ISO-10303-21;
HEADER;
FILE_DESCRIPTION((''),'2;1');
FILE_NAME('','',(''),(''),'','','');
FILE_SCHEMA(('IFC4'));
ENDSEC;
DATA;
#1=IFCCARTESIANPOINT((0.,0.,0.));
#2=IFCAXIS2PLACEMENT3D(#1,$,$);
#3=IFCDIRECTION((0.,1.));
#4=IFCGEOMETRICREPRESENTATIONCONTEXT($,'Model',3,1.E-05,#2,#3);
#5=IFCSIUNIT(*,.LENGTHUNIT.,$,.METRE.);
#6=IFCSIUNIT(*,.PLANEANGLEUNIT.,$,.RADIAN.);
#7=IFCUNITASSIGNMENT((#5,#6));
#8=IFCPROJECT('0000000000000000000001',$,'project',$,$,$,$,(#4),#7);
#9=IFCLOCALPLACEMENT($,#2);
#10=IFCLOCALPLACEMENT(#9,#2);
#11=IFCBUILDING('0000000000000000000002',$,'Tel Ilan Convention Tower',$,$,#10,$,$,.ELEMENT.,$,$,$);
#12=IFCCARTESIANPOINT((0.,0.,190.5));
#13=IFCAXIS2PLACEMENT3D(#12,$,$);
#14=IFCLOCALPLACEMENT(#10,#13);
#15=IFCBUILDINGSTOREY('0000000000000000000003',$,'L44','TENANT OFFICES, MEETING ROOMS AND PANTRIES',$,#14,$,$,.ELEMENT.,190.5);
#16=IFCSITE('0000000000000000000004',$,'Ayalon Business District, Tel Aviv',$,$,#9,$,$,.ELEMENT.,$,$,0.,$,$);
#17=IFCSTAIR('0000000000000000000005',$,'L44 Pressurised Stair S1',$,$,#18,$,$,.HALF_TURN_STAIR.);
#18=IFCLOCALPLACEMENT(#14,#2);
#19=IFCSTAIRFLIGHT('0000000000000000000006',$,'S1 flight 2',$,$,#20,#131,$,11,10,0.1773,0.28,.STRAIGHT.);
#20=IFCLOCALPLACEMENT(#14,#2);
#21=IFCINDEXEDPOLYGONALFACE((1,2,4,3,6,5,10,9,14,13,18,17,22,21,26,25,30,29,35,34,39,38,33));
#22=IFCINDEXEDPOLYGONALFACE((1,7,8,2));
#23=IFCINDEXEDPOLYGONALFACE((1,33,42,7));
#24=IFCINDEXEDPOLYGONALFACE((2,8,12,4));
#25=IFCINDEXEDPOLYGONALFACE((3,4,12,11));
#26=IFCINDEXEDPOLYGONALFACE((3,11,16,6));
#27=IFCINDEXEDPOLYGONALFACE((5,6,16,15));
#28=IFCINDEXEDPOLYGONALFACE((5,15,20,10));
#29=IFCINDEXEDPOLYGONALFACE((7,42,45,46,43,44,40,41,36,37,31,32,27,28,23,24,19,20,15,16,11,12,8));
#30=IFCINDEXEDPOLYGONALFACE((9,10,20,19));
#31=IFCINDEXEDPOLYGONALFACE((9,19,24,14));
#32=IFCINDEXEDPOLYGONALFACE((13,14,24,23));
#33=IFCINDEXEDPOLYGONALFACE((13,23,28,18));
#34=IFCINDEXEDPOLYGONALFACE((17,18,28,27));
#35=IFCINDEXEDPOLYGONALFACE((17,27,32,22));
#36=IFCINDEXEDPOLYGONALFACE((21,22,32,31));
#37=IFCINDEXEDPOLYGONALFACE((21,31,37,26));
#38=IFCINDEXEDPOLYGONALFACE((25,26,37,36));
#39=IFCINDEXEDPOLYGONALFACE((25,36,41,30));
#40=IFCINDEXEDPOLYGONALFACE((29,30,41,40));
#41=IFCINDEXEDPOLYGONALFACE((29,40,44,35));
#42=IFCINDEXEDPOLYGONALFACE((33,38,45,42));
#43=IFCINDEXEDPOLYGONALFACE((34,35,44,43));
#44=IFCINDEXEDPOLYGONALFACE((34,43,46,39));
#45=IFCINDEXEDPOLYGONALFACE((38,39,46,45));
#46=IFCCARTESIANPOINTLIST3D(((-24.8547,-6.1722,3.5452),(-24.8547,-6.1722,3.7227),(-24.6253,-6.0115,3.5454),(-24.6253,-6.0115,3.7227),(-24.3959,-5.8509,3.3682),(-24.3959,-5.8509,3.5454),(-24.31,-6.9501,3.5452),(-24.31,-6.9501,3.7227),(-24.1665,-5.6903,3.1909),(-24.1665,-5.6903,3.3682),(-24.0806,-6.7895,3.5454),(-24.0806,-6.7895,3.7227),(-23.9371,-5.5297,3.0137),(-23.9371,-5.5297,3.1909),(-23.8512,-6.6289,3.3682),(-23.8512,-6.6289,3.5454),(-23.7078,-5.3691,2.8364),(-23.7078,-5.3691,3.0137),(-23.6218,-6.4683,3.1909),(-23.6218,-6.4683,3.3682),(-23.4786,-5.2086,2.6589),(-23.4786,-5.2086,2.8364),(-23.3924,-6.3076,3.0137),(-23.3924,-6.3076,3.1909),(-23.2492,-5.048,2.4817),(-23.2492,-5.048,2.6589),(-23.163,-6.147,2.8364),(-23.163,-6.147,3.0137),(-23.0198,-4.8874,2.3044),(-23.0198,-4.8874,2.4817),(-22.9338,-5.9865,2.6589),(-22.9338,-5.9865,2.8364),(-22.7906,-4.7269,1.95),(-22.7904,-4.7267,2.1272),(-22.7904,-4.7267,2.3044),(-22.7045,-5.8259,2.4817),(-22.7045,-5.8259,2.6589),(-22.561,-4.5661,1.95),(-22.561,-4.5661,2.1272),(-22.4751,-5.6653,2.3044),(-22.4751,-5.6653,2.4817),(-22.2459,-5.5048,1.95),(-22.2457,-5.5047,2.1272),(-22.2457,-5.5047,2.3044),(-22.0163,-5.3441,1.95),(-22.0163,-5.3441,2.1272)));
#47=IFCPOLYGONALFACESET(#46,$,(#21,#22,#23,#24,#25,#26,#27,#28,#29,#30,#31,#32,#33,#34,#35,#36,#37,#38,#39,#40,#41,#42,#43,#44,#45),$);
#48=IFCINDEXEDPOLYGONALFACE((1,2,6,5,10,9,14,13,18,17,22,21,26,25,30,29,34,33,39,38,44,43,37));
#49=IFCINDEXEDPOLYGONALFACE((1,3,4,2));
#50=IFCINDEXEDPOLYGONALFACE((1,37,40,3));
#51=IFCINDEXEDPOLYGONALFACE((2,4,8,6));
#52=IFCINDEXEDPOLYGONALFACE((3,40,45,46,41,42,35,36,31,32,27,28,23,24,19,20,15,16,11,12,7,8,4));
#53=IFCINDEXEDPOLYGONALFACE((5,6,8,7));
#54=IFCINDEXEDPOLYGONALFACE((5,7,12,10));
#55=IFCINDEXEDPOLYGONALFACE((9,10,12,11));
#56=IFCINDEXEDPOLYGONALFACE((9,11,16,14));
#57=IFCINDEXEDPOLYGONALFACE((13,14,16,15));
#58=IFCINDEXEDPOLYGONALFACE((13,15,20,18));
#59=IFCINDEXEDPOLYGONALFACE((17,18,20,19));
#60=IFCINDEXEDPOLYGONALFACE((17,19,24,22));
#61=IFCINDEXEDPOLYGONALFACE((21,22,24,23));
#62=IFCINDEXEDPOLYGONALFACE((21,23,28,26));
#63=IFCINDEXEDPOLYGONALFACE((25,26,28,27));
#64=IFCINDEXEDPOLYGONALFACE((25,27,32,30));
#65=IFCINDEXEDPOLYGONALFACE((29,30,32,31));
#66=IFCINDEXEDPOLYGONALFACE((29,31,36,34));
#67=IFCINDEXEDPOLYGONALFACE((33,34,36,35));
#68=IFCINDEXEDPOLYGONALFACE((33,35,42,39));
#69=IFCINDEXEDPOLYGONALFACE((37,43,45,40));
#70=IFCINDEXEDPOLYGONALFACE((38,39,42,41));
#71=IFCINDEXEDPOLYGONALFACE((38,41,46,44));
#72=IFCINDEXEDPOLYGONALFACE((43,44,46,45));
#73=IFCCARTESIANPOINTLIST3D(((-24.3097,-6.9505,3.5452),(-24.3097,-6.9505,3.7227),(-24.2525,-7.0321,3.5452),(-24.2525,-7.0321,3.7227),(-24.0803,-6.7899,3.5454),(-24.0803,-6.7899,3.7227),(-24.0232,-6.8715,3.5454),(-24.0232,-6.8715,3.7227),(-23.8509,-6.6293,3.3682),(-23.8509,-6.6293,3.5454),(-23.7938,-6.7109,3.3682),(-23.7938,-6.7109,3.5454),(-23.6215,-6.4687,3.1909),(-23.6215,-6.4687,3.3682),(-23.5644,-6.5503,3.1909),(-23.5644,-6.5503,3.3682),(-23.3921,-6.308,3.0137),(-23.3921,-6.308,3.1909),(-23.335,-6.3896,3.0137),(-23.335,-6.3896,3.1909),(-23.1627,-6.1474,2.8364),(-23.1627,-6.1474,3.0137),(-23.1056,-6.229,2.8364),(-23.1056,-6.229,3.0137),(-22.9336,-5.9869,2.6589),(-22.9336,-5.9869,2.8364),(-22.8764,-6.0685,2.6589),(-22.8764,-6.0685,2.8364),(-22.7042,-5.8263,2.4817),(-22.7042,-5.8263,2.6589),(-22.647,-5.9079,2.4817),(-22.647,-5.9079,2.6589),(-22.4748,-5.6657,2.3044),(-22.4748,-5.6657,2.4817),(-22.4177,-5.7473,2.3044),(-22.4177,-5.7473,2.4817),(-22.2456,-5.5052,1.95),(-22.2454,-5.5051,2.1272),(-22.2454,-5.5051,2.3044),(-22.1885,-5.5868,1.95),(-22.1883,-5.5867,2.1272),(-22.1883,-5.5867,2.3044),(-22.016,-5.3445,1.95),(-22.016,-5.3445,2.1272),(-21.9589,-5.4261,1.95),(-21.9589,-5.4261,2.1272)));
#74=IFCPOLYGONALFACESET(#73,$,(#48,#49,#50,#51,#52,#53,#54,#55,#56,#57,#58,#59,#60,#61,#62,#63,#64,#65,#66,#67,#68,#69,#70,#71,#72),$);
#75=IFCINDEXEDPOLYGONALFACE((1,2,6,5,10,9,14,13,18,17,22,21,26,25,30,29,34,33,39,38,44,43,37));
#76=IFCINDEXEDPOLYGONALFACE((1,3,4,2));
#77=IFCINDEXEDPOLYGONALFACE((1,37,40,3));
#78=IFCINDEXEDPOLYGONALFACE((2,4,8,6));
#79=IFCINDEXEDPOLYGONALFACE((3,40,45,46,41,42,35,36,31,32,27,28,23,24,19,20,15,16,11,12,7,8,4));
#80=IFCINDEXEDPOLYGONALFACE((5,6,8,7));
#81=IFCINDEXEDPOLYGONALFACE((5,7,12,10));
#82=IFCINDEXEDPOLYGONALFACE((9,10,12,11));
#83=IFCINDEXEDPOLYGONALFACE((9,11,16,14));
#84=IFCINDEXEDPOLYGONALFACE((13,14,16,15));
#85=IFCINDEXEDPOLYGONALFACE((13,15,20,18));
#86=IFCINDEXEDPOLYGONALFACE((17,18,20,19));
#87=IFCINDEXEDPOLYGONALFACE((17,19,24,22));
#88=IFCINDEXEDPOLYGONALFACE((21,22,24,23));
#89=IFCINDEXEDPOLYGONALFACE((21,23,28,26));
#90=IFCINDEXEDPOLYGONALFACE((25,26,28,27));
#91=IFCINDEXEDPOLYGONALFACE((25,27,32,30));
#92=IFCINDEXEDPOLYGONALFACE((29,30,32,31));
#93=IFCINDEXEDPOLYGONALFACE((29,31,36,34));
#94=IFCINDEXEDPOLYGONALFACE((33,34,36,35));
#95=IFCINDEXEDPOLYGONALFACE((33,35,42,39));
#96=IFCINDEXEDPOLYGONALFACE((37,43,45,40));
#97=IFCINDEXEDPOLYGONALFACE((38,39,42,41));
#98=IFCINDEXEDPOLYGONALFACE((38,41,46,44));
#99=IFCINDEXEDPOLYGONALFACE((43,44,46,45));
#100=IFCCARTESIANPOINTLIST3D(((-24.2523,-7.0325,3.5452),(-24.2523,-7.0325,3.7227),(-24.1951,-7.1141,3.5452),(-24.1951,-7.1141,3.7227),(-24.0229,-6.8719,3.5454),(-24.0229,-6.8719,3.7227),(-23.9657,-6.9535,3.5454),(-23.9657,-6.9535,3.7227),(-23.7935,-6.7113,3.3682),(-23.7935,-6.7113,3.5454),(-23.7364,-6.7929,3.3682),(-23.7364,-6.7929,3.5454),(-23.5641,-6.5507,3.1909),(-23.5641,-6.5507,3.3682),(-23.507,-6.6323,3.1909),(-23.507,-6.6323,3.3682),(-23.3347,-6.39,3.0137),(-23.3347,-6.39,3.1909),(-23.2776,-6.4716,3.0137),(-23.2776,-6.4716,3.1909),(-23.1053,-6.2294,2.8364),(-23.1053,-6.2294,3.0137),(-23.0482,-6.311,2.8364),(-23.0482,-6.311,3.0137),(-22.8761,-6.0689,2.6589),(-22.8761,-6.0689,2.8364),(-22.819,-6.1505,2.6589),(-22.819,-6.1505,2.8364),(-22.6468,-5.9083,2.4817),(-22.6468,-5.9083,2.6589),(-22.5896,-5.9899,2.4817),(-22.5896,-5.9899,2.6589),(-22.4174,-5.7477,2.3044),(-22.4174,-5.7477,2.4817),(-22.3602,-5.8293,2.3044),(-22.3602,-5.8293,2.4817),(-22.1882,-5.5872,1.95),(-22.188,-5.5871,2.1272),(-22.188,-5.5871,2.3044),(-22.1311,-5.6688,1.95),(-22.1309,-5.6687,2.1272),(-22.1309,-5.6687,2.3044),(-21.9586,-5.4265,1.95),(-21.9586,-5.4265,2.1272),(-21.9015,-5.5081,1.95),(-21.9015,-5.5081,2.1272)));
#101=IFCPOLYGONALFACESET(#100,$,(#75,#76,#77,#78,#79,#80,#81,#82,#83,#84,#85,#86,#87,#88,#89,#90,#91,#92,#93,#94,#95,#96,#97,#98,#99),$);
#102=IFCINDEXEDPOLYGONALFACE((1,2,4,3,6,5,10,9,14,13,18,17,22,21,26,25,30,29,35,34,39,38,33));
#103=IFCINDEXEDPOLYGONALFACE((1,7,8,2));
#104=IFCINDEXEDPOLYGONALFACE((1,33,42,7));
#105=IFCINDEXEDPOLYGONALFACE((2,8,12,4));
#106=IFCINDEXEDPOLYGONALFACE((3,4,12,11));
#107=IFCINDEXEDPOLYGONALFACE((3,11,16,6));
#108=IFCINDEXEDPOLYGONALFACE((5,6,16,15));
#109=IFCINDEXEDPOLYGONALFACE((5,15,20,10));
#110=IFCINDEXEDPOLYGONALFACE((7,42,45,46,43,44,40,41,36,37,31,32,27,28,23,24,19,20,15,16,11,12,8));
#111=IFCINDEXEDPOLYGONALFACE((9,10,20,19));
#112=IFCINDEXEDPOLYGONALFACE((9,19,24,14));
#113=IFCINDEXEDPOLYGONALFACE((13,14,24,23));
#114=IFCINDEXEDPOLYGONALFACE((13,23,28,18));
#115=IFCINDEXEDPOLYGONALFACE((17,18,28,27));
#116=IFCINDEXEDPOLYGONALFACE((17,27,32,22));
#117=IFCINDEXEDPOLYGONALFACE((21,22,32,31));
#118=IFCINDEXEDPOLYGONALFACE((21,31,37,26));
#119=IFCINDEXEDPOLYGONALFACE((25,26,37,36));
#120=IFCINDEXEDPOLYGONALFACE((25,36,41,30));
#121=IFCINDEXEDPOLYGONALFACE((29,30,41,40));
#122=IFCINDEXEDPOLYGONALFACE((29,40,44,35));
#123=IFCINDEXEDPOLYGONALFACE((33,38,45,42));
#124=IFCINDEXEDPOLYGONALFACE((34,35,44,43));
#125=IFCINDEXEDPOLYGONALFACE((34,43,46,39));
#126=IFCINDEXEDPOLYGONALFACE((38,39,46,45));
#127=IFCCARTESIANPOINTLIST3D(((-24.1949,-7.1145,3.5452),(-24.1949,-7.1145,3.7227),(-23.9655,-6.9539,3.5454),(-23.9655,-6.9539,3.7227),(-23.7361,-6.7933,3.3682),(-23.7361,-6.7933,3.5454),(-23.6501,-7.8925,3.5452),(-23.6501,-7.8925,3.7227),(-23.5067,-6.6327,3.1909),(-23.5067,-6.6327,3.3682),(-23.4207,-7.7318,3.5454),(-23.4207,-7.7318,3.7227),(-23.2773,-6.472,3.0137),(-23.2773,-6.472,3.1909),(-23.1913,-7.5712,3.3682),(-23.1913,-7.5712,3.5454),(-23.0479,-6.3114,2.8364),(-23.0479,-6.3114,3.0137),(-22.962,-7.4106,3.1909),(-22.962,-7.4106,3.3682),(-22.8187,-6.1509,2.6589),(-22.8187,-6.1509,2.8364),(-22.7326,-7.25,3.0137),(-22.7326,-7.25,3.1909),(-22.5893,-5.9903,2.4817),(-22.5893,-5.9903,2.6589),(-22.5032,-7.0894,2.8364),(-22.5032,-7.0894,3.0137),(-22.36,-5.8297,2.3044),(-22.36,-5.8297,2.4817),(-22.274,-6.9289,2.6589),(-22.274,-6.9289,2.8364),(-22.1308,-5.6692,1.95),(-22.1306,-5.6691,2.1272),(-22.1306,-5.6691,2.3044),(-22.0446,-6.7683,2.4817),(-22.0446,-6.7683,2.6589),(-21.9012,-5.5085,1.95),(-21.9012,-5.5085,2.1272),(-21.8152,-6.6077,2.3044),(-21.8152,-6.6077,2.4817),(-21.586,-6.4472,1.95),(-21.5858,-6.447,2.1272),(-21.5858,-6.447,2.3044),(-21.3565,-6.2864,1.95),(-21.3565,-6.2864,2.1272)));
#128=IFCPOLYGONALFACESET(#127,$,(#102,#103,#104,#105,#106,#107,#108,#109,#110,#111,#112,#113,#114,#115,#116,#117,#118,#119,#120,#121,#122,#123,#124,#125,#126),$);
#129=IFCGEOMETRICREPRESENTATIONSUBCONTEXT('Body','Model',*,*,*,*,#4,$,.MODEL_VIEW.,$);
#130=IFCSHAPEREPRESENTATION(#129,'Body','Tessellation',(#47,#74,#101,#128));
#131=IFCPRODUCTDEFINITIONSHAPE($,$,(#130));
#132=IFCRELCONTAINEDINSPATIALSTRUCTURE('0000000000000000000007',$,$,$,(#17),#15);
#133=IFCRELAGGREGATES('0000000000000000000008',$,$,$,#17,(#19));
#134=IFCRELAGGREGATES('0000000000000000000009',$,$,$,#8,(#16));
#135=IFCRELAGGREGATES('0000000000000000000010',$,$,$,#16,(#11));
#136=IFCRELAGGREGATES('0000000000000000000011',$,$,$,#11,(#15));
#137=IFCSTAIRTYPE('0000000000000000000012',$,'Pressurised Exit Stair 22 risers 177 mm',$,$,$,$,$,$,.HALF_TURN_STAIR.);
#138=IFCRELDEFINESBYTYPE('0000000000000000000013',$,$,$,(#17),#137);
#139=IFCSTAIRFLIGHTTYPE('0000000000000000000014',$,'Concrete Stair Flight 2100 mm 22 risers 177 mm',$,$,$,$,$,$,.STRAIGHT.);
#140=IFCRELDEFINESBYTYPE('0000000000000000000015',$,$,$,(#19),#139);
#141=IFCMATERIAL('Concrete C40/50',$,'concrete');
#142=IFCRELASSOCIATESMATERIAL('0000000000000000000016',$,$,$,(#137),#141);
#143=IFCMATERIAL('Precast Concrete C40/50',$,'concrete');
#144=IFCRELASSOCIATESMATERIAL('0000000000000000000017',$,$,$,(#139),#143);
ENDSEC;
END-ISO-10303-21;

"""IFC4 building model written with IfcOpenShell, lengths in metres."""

from ifc_helpers import new_model, si_unit, direction, frame, origin, place, context, subcontext, project, spatial, polyline, outline, extrude, material, type_object, element, aggregate, save


model = new_model("IFC4")

# Units and contexts
model_context = context("Model", 3, precision=1e-05, world=origin(), true_north=direction((0.0, 1.0)))
body_context = subcontext(model_context, "Body", "Model", "MODEL_VIEW")
ifc_project = project(units=[si_unit("LENGTHUNIT", "METRE"), si_unit("PLANEANGLEUNIT", "RADIAN")], contexts=[model_context])

# Site, building, storey
site_placement = place(None, origin())
site = spatial("IfcSite", under=ifc_project, at=site_placement, Name="Ayalon Business District, Tel Aviv", CompositionType="ELEMENT", RefElevation=0.0)
building_placement = place(site_placement, origin())
building = spatial("IfcBuilding", under=site, at=building_placement, Name="Tel Ilan Convention Tower", CompositionType="ELEMENT")
storey_placement = place(building_placement, frame((0.0, 0.0, 190.5)))
storey = spatial("IfcBuildingStorey", under=building, at=storey_placement, Name="L44", Description="TENANT OFFICES, MEETING ROOMS AND PANTRIES", CompositionType="ELEMENT", Elevation=190.5)

# Stair, stair flight
ifc_material_1 = material(Name="Concrete C40/50", Category="concrete")
stair_type = type_object("IfcStairType", Name="Pressurised Exit Stair 22 risers 177 mm", PredefinedType="HALF_TURN_STAIR", material=ifc_material_1)
stair_1_placement = place(storey_placement, origin())
stair_1 = element("IfcStair", 1, at=stair_1_placement, inside=storey, type_object=stair_type, Name="L44 Pressurised Stair S1", PredefinedType="HALF_TURN_STAIR")
ifc_material_2 = material(Name="Precast Concrete C40/50", Category="concrete")
stair_flight_type = type_object("IfcStairFlightType", Name="Concrete Stair Flight 2100 mm 22 risers 177 mm", PredefinedType="STRAIGHT", material=ifc_material_2)
stair_flight_1_placement = place(storey_placement, frame((-21.9587, -5.4263, 1.95), z_axis=(0.0, 0.0, 1.0), x_axis=(-0.819152, -0.573576, 0.0)))
stair_flight_1 = element("IfcStairFlight", 2, at=stair_flight_1_placement, type_object=stair_flight_type, Name="S1 flight 2", NumberOfRisers=11, NumberOfTreads=10, PredefinedType="STRAIGHT", RiserHeight=0.1773, TreadLength=0.28, context=body_context, shape_type="SweptSolid", body=[
    extrude(outline(polyline([(0.0, 0.0), (0.0, 0.1772), (0.28, 0.1772), (0.28, 0.3545), (0.5601, 0.3545), (0.5601, 0.5317), (0.8401, 0.5317), (0.8401, 0.709), (1.1201, 0.709), (1.1201, 0.8865), (1.3999, 0.8865), (1.3999, 1.0637), (1.6799, 1.0637), (1.6799, 1.241), (1.96, 1.241), (1.96, 1.4182), (2.24, 1.4182), (2.24, 1.5955), (2.52, 1.5955), (2.52, 1.7727), (2.8, 1.7727), (2.8, 1.95), (2.8, 1.5952), (0.2803, 0.0), (0.0, 0.0)])), frame((0.0, -0.1003, 0.0), z_axis=(0.0, -1.0, 0.0), x_axis=(1.0, 0.0, 0.0)), (0.0, 0.0, 1.0), 0.9497),
    extrude(outline(polyline([(0.0, 0.0), (0.0, 0.1772), (0.28, 0.1772), (0.28, 0.3545), (0.5601, 0.3545), (0.5601, 0.5317), (0.8401, 0.5317), (0.8401, 0.709), (1.1201, 0.709), (1.1201, 0.8865), (1.3999, 0.8865), (1.3999, 1.0637), (1.6799, 1.0637), (1.6799, 1.241), (1.96, 1.241), (1.96, 1.4182), (2.24, 1.4182), (2.24, 1.5955), (2.52, 1.5955), (2.52, 1.7727), (2.8, 1.7727), (2.8, 1.95), (2.8, 1.5952), (0.2803, 0.0), (0.0, 0.0)])), frame((0.0, -0.0002, 0.0), z_axis=(0.0, -1.0, 0.0), x_axis=(1.0, 0.0, 0.0)), (0.0, 0.0, 1.0), 0.0996),
    extrude(outline(polyline([(0.0, 0.0), (0.0, 0.1772), (0.28, 0.1772), (0.28, 0.3545), (0.5601, 0.3545), (0.5601, 0.5317), (0.8401, 0.5317), (0.8401, 0.709), (1.1201, 0.709), (1.1201, 0.8865), (1.3999, 0.8865), (1.3999, 1.0637), (1.6799, 1.0637), (1.6799, 1.241), (1.96, 1.241), (1.96, 1.4182), (2.24, 1.4182), (2.24, 1.5955), (2.52, 1.5955), (2.52, 1.7727), (2.8, 1.7727), (2.8, 1.95), (2.8, 1.5952), (0.2803, 0.0), (0.0, 0.0)])), frame((0.0, 0.0999, 0.0), z_axis=(0.0, -1.0, 0.0), x_axis=(1.0, 0.0, 0.0)), (0.0, 0.0, 1.0), 0.0996),
    extrude(outline(polyline([(0.0, 0.0), (0.0, 0.1772), (0.28, 0.1772), (0.28, 0.3545), (0.5601, 0.3545), (0.5601, 0.5317), (0.8401, 0.5317), (0.8401, 0.709), (1.1201, 0.709), (1.1201, 0.8865), (1.3999, 0.8865), (1.3999, 1.0637), (1.6799, 1.0637), (1.6799, 1.241), (1.96, 1.241), (1.96, 1.4182), (2.24, 1.4182), (2.24, 1.5955), (2.52, 1.5955), (2.52, 1.7727), (2.8, 1.7727), (2.8, 1.95), (2.8, 1.5952), (0.2803, 0.0), (0.0, 0.0)])), frame((0.0, 1.05, 0.0), z_axis=(0.0, -1.0, 0.0), x_axis=(1.0, 0.0, 0.0)), (0.0, 0.0, 1.0), 0.9497),
])
aggregate(stair_1, [stair_flight_1])

save(model, "model.ifc")
